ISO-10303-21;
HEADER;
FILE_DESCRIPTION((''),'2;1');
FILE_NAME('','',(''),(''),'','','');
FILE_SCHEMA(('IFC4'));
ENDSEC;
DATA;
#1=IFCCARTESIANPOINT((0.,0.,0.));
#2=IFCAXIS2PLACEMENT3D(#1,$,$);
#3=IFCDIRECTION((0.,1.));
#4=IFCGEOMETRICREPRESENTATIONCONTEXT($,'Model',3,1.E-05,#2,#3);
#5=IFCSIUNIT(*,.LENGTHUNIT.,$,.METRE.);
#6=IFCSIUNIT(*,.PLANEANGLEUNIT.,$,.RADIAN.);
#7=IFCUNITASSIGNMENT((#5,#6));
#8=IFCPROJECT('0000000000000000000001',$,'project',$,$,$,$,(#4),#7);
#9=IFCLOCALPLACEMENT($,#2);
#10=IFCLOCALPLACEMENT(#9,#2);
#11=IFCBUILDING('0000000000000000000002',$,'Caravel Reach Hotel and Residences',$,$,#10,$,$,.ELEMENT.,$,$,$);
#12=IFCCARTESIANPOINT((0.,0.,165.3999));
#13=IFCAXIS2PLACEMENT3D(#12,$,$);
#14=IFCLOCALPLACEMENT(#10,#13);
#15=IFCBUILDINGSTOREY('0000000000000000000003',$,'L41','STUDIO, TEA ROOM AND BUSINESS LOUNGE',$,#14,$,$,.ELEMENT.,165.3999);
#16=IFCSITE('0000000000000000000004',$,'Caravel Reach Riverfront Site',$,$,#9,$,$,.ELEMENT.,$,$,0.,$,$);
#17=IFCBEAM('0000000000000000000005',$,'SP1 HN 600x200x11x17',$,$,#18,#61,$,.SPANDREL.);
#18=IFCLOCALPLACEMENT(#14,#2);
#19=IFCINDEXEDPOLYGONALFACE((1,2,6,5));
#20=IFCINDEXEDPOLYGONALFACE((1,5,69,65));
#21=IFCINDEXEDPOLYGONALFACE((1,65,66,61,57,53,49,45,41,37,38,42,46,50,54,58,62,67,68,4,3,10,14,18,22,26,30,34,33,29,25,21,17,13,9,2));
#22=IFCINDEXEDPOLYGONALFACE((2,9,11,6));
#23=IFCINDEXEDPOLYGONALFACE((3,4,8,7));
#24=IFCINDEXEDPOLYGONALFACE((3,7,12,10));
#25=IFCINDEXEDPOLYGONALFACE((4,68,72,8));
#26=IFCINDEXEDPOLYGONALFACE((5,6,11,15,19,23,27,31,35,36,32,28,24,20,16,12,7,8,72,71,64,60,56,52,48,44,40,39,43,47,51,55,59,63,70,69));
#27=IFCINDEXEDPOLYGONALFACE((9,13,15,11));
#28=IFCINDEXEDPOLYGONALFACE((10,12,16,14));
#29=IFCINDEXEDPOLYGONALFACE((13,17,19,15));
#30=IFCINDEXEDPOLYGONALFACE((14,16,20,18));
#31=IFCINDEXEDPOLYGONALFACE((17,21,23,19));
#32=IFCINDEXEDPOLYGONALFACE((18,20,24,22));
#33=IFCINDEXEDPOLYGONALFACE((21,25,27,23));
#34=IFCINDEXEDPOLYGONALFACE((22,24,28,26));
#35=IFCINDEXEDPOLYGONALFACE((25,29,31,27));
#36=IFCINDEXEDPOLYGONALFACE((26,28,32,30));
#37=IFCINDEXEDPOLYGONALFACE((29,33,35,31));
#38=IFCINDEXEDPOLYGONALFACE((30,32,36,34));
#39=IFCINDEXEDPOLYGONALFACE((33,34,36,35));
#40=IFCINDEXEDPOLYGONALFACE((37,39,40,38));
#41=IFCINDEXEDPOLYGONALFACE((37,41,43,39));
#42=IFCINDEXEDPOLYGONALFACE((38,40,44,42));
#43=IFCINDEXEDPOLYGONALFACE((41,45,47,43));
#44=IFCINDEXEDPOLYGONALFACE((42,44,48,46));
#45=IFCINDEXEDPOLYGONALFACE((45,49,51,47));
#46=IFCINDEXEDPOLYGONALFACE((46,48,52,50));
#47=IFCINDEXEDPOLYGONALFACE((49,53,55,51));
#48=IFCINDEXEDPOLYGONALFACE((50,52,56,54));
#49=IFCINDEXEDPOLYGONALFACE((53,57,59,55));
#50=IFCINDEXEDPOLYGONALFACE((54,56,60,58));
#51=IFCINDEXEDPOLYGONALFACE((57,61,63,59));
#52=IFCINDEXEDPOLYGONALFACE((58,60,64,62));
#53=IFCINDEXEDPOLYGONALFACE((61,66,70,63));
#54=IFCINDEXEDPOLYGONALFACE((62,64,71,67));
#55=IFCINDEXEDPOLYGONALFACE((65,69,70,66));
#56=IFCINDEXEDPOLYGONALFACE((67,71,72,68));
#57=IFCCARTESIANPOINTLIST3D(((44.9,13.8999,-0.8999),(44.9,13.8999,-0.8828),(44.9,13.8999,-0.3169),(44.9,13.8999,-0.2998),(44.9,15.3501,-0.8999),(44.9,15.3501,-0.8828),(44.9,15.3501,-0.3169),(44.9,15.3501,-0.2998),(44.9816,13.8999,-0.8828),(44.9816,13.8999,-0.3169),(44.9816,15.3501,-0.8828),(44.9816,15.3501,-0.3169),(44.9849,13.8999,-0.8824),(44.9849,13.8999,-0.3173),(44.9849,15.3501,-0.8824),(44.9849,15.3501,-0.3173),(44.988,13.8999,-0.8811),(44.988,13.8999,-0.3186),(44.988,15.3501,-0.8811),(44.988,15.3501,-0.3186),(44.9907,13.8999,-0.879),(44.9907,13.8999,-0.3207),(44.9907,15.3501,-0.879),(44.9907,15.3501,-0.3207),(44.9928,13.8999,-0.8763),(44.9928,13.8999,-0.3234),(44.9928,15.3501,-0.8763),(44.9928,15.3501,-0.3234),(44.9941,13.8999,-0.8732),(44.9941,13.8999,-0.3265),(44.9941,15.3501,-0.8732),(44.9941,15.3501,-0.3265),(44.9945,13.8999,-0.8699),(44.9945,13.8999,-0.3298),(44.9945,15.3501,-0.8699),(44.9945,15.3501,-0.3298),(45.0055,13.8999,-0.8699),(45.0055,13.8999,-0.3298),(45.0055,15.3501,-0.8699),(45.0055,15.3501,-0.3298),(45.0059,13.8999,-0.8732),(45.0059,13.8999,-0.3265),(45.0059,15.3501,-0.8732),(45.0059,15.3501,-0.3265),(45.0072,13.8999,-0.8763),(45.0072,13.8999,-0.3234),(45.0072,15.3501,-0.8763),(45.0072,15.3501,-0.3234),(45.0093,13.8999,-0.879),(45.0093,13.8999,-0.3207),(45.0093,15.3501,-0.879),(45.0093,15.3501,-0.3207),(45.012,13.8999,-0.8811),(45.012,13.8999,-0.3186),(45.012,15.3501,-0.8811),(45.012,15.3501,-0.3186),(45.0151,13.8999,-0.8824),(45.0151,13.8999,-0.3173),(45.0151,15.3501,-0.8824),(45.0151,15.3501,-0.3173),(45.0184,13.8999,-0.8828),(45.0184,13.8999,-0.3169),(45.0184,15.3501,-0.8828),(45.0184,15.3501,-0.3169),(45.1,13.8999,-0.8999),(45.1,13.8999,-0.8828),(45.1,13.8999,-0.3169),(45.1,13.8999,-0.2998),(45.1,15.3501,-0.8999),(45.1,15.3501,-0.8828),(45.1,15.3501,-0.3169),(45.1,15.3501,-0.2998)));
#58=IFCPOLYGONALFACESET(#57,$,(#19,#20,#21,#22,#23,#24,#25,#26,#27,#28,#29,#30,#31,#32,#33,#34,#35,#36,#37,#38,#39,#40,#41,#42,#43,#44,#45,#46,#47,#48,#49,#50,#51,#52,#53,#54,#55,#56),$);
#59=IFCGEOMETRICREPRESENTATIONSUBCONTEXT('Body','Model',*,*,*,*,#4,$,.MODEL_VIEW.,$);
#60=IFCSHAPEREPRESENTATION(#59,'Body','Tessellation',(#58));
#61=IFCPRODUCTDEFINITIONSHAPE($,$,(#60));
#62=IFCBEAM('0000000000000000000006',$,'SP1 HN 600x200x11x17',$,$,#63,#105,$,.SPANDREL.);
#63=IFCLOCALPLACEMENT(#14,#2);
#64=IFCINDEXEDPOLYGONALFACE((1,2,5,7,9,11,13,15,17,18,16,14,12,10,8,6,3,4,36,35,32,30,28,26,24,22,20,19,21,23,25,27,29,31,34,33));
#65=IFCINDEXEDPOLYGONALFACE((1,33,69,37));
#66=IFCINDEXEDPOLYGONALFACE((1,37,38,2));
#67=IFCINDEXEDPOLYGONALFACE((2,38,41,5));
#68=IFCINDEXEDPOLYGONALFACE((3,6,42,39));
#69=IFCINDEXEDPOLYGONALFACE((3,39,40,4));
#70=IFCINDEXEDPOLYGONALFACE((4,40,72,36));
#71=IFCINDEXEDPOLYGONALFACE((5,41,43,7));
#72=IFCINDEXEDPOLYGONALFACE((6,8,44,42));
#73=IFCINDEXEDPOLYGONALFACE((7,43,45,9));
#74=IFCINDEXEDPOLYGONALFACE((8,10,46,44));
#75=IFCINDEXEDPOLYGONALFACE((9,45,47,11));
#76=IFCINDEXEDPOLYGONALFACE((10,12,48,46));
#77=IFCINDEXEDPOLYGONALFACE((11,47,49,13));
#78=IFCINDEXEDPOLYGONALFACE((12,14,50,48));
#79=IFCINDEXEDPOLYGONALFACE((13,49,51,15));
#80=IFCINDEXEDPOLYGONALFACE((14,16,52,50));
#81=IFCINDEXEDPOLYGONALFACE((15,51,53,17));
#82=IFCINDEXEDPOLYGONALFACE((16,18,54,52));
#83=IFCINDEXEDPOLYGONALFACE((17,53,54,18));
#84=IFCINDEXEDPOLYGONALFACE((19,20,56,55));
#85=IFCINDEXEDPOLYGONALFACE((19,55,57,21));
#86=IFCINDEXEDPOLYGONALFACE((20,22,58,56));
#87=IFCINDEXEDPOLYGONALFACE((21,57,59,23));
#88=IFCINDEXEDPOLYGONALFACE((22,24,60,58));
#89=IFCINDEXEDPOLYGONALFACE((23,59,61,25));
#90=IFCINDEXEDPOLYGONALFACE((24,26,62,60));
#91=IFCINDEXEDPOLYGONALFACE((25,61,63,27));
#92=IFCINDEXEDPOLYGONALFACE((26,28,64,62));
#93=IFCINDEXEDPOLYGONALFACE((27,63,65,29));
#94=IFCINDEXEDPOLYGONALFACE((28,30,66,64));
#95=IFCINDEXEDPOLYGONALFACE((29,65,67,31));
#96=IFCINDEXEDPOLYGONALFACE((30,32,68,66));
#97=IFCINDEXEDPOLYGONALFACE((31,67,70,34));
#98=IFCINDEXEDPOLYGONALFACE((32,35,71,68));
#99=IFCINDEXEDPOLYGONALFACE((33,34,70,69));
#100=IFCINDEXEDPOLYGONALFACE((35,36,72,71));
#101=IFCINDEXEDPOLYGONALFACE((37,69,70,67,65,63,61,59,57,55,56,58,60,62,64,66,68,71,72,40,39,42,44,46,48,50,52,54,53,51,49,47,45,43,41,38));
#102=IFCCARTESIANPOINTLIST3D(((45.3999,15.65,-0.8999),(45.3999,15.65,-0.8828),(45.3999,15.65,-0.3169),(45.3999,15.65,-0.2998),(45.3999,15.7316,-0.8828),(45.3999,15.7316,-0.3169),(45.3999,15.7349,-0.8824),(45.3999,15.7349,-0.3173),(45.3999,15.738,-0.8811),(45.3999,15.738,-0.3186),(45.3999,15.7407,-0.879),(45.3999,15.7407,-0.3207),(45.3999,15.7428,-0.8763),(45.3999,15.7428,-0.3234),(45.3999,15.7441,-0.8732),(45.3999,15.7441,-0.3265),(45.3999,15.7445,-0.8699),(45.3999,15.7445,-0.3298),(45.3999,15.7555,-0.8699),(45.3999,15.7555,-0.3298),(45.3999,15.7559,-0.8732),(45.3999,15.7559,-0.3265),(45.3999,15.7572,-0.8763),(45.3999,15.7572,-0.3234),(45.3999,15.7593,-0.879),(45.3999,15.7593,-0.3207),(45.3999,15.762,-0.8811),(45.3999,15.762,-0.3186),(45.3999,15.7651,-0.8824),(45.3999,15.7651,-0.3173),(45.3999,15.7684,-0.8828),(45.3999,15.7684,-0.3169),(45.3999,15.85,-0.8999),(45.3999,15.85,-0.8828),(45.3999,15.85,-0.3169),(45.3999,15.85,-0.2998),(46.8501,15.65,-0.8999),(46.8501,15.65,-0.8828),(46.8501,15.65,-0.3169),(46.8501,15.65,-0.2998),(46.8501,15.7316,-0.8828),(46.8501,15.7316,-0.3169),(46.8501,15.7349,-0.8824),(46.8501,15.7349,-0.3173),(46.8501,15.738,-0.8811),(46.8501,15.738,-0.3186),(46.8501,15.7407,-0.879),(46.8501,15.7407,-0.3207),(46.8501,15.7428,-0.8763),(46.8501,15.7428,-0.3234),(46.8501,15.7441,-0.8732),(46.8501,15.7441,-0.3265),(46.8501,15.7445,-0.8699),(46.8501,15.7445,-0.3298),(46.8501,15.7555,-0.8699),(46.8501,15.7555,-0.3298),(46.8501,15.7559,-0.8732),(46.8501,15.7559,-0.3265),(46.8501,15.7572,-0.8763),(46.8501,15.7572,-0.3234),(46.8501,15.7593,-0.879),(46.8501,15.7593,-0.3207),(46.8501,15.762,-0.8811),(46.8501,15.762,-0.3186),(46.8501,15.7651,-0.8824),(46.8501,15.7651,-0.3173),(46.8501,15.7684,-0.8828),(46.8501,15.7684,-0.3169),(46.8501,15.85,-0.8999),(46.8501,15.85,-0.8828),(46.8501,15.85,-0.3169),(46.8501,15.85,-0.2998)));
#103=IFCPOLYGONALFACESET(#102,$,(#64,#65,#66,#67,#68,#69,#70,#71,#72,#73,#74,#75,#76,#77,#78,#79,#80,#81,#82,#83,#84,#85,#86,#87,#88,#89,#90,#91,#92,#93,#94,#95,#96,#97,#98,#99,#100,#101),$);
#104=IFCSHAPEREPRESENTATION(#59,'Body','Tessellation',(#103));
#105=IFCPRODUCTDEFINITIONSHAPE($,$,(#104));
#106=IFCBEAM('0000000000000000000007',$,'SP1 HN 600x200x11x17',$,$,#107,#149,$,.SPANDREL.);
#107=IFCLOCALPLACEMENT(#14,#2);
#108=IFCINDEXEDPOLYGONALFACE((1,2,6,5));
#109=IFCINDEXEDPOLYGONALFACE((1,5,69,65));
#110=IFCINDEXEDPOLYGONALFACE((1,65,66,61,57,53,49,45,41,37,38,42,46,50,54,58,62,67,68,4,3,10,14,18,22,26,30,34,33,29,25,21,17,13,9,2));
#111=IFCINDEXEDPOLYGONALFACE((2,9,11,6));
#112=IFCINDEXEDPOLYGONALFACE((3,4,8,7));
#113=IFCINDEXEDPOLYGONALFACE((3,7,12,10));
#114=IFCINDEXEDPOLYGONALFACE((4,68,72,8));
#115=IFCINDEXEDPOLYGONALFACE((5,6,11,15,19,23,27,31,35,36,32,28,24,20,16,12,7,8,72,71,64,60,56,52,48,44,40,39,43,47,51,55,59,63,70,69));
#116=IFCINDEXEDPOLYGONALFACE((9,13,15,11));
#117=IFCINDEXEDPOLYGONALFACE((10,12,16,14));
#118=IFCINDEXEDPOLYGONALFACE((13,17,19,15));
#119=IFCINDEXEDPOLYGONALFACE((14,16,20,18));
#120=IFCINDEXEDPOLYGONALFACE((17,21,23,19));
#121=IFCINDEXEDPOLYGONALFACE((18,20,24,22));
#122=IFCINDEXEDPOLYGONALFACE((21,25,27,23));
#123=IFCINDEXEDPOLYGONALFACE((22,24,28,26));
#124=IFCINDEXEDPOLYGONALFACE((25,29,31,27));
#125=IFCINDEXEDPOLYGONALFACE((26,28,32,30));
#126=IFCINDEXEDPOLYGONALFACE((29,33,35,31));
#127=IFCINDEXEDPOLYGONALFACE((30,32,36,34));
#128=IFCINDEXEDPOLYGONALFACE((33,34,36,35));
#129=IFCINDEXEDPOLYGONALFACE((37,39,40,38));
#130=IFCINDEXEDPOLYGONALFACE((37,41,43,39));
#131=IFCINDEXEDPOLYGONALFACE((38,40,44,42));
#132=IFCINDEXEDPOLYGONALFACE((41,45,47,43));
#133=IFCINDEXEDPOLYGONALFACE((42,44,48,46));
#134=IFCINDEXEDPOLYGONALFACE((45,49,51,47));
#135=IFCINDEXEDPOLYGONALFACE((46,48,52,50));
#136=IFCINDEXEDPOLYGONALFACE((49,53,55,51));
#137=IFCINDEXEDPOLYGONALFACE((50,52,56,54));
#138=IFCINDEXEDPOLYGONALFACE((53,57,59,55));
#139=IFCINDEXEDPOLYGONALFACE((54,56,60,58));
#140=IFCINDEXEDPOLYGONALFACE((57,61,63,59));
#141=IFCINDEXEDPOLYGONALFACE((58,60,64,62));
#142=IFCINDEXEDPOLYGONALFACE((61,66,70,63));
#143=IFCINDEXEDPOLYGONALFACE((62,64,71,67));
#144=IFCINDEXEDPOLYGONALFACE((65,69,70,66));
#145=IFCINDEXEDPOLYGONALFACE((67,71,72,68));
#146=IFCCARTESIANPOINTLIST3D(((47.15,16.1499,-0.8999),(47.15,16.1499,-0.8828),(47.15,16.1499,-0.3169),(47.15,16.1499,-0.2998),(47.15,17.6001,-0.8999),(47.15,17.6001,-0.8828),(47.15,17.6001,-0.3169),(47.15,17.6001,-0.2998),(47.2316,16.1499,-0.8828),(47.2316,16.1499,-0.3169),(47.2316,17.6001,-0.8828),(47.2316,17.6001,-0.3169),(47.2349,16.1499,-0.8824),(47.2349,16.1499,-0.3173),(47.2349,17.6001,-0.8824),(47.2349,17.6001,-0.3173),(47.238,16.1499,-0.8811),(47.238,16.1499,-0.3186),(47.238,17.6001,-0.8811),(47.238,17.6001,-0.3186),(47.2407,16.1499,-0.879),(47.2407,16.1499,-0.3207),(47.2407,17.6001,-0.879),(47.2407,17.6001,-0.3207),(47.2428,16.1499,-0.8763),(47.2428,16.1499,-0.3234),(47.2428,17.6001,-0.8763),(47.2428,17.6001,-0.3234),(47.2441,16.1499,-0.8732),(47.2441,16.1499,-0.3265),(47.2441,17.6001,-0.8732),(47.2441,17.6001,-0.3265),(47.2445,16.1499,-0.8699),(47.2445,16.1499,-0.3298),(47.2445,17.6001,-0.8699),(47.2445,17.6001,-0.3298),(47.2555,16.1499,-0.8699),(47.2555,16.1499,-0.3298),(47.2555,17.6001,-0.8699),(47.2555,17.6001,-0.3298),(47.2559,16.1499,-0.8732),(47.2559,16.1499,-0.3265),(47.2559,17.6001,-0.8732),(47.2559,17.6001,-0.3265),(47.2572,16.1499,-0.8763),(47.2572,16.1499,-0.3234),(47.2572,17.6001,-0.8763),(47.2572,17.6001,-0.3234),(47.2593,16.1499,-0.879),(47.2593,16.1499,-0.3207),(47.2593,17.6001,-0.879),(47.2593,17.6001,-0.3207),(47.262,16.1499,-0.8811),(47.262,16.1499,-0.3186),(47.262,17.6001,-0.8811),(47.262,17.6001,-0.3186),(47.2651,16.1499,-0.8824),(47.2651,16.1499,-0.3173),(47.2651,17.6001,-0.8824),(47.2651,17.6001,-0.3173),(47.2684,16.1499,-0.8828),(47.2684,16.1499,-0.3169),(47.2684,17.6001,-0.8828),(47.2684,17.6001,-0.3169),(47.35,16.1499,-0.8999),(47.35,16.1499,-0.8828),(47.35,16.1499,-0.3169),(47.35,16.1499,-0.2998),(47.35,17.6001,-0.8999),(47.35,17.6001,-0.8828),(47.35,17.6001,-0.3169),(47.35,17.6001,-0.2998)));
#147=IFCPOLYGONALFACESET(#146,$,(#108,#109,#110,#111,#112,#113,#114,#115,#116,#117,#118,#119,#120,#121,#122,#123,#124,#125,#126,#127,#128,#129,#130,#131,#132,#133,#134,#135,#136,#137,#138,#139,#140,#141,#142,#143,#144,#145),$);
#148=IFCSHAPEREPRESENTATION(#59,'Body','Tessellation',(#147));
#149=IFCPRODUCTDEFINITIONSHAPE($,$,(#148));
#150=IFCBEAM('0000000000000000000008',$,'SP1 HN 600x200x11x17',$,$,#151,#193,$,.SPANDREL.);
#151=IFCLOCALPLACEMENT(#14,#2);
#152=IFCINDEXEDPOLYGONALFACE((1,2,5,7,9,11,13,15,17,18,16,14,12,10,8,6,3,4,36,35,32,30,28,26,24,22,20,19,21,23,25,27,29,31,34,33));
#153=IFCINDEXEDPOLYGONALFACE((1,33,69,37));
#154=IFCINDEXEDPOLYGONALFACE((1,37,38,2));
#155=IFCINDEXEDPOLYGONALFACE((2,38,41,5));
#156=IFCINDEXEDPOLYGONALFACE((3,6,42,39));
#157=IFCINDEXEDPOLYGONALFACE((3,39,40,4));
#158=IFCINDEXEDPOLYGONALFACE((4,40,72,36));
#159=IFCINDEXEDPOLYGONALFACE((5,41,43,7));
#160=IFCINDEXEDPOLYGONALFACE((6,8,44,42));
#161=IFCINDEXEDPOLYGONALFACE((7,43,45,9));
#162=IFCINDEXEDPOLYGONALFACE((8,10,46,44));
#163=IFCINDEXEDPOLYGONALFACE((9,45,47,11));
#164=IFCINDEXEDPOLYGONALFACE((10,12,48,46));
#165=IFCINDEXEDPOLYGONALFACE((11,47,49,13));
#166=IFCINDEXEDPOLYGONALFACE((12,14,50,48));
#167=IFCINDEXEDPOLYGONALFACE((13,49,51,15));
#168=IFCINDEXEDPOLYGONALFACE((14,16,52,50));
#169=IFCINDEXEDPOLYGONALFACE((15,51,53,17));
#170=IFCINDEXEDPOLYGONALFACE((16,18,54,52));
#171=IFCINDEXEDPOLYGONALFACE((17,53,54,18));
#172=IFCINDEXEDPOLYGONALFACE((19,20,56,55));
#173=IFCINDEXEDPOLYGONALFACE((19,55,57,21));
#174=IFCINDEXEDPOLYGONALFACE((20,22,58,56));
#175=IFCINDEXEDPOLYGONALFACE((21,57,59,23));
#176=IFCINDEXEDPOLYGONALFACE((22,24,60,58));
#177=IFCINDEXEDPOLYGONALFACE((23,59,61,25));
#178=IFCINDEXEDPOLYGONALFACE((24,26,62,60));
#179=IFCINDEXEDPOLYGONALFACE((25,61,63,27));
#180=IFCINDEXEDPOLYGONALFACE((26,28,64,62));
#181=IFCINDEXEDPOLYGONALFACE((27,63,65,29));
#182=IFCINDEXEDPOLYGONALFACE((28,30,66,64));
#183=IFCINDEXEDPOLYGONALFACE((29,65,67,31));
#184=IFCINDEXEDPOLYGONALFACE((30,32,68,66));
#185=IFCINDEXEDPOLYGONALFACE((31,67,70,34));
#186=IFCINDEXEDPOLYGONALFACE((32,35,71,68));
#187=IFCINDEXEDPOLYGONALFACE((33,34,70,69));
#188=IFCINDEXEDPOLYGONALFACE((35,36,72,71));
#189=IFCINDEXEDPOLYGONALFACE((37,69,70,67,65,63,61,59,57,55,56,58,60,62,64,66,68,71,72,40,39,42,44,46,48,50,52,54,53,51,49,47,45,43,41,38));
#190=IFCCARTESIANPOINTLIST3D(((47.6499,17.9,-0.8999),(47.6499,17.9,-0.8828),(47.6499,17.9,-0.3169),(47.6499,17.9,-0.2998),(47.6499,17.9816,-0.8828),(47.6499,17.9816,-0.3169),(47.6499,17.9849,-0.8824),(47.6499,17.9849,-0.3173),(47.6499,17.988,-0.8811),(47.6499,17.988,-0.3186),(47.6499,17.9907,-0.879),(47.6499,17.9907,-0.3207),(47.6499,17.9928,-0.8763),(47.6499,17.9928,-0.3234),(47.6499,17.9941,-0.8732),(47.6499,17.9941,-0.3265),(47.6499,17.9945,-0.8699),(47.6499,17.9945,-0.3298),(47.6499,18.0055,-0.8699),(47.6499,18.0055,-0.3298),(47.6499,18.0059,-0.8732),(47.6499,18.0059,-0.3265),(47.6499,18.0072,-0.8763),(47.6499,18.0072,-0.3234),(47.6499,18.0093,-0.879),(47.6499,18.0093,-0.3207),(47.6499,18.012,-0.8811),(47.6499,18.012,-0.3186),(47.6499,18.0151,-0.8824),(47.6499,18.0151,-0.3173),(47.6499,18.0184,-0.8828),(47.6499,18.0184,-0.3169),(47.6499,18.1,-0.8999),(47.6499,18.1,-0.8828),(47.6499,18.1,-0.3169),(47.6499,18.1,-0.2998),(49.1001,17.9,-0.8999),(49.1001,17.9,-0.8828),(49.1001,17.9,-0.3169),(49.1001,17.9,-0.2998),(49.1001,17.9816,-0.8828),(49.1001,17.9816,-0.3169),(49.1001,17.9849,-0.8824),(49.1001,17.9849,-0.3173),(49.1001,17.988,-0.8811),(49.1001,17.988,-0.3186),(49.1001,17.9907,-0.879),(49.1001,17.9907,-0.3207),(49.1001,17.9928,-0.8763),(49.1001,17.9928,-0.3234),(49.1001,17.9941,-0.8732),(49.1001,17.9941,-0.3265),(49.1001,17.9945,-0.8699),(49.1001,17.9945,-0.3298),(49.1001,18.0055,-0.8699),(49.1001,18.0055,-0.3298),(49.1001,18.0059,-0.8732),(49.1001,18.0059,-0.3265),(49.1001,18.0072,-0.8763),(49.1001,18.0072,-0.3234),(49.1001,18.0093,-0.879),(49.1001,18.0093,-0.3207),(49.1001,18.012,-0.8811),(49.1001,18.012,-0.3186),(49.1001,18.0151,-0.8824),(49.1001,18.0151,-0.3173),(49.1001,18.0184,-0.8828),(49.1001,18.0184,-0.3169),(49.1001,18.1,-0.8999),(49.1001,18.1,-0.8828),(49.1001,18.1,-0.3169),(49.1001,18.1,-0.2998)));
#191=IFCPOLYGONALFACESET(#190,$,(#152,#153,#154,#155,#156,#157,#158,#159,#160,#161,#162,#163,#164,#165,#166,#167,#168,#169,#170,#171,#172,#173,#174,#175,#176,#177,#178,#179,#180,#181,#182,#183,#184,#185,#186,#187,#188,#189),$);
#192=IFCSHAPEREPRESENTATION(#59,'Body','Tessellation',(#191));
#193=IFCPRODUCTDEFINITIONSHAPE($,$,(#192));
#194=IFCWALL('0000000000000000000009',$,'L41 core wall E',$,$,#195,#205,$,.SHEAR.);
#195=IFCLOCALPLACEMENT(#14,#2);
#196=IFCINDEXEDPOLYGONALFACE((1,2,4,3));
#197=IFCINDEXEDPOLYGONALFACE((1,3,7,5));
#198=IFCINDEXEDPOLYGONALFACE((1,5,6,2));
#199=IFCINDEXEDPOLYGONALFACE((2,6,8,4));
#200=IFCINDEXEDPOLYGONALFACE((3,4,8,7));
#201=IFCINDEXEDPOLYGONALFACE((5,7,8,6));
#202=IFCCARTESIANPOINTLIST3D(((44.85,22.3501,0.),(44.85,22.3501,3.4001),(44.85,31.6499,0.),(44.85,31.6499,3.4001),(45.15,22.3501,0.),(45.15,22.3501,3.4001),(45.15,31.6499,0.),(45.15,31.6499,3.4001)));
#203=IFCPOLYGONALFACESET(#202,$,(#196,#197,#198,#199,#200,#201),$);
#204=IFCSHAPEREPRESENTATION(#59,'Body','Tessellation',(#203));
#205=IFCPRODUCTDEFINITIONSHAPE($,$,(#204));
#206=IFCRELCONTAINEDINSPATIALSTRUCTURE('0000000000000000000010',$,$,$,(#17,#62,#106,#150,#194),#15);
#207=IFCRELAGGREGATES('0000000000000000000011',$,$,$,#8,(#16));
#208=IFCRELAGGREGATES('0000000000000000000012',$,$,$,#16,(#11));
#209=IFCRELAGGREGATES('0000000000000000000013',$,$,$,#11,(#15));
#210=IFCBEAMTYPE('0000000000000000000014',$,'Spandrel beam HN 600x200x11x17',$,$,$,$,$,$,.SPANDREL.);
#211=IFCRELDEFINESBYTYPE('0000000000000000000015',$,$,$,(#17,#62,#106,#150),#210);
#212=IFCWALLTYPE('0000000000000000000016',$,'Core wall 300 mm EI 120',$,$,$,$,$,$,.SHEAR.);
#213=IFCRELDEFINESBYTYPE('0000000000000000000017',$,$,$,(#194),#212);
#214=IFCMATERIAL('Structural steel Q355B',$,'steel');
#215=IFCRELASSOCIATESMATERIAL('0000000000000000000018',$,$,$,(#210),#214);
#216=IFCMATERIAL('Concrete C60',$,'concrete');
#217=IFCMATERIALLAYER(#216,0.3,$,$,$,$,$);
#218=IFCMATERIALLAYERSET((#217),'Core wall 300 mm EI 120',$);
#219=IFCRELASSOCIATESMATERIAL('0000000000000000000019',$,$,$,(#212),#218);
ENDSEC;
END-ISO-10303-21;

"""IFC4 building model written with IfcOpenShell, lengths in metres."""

from ifc_helpers import new_model, si_unit, direction, frame, frame_2d, origin, origin_2d, place, context, subcontext, project, spatial, rectangle, i_section, extrude, material, layer, layer_set, material_profile, profile_set, type_object, element, save


model = new_model("IFC4")

# Units and contexts
model_context = context("Model", 3, precision=1e-05, world=origin(), true_north=direction((0.0, 1.0)))
body_context = subcontext(model_context, "Body", "Model", "MODEL_VIEW")
ifc_project = project(units=[si_unit("LENGTHUNIT", "METRE"), si_unit("PLANEANGLEUNIT", "RADIAN")], contexts=[model_context])

# Site, building, storey
site_placement = place(None, origin())
site = spatial("IfcSite", under=ifc_project, at=site_placement, Name="Caravel Reach Riverfront Site", CompositionType="ELEMENT", RefElevation=0.0)
building_placement = place(site_placement, origin())
building = spatial("IfcBuilding", under=site, at=building_placement, Name="Caravel Reach Hotel and Residences", CompositionType="ELEMENT")
storey_placement = place(building_placement, frame((0.0, 0.0, 165.3999)))
storey = spatial("IfcBuildingStorey", under=building, at=storey_placement, Name="L41", Description="STUDIO, TEA ROOM AND BUSINESS LOUNGE", CompositionType="ELEMENT", Elevation=165.3999)

# Beams
ifc_material_1 = material(Name="Structural steel Q355B", Category="steel")
ifc_material_profile_1 = material_profile(ifc_material_1, i_section(OverallWidth=0.2, OverallDepth=0.6001, WebThickness=0.011, FlangeThickness=0.0171, FilletRadius=0.0129, at=origin_2d()), Name="HN 600x200x11x17")
ifc_profile_set_1 = profile_set([ifc_material_profile_1], Name="Structural steel Q355B")
beam_type_1 = type_object("IfcBeamType", Name="Spandrel beam HN 600x200x11x17", PredefinedType="SPANDREL", material=ifc_profile_set_1)
for number, where, z_axis, x_axis, name in (
    (1, (45.0, 13.8999, -0.5999), (0.0, 1.0, 0.0), (-1.0, 0.0, 0.0), "SP1 HN 600x200x11x17"),
    (2, (45.3999, 15.75, -0.5999), (1.0, 0.0, 0.0), (0.0, 1.0, 0.0), "SP1 HN 600x200x11x17"),
    (3, (47.25, 16.1499, -0.5999), (0.0, 1.0, 0.0), (-1.0, 0.0, 0.0), "SP1 HN 600x200x11x17"),
    (4, (47.6499, 18.0, -0.5999), (1.0, 0.0, 0.0), (0.0, 1.0, 0.0), "SP1 HN 600x200x11x17"),
):
    element("IfcBeam", number, at=place(storey_placement, frame(where, z_axis=z_axis, x_axis=x_axis)), inside=storey, type_object=beam_type_1, Name=name, PredefinedType="SPANDREL", context=body_context, shape_type="SweptSolid", body=[
        extrude(i_section(OverallWidth=0.2, OverallDepth=0.6001, WebThickness=0.011, FlangeThickness=0.0171, FilletRadius=0.0129, at=origin_2d()), origin(), (0.0, 0.0, 1.0), 1.4502),
    ])

# Wall
ifc_material_2 = material(Name="Concrete C60", Category="concrete")
ifc_layer_1 = layer(ifc_material_2, 0.3)
ifc_layer_set_1 = layer_set([ifc_layer_1], Name="Core wall 300 mm EI 120")
wall_type_1 = type_object("IfcWallType", Name="Core wall 300 mm EI 120", PredefinedType="SHEAR", material=ifc_layer_set_1)
wall_1_placement = place(storey_placement, frame((45.0, 22.3501, 0.0), z_axis=(0.0, 0.0, 1.0), x_axis=(0.0, 1.0, 0.0)))
element("IfcWall", 5, at=wall_1_placement, inside=storey, type_object=wall_type_1, Name="L41 core wall E", PredefinedType="SHEAR", context=body_context, shape_type="SweptSolid", body=[
    extrude(rectangle(XDim=9.2998, YDim=0.3, at=frame_2d((4.6499, 0.0))), origin(), (0.0, 0.0, 1.0), 3.4001),
])

save(model, "model.ifc")
